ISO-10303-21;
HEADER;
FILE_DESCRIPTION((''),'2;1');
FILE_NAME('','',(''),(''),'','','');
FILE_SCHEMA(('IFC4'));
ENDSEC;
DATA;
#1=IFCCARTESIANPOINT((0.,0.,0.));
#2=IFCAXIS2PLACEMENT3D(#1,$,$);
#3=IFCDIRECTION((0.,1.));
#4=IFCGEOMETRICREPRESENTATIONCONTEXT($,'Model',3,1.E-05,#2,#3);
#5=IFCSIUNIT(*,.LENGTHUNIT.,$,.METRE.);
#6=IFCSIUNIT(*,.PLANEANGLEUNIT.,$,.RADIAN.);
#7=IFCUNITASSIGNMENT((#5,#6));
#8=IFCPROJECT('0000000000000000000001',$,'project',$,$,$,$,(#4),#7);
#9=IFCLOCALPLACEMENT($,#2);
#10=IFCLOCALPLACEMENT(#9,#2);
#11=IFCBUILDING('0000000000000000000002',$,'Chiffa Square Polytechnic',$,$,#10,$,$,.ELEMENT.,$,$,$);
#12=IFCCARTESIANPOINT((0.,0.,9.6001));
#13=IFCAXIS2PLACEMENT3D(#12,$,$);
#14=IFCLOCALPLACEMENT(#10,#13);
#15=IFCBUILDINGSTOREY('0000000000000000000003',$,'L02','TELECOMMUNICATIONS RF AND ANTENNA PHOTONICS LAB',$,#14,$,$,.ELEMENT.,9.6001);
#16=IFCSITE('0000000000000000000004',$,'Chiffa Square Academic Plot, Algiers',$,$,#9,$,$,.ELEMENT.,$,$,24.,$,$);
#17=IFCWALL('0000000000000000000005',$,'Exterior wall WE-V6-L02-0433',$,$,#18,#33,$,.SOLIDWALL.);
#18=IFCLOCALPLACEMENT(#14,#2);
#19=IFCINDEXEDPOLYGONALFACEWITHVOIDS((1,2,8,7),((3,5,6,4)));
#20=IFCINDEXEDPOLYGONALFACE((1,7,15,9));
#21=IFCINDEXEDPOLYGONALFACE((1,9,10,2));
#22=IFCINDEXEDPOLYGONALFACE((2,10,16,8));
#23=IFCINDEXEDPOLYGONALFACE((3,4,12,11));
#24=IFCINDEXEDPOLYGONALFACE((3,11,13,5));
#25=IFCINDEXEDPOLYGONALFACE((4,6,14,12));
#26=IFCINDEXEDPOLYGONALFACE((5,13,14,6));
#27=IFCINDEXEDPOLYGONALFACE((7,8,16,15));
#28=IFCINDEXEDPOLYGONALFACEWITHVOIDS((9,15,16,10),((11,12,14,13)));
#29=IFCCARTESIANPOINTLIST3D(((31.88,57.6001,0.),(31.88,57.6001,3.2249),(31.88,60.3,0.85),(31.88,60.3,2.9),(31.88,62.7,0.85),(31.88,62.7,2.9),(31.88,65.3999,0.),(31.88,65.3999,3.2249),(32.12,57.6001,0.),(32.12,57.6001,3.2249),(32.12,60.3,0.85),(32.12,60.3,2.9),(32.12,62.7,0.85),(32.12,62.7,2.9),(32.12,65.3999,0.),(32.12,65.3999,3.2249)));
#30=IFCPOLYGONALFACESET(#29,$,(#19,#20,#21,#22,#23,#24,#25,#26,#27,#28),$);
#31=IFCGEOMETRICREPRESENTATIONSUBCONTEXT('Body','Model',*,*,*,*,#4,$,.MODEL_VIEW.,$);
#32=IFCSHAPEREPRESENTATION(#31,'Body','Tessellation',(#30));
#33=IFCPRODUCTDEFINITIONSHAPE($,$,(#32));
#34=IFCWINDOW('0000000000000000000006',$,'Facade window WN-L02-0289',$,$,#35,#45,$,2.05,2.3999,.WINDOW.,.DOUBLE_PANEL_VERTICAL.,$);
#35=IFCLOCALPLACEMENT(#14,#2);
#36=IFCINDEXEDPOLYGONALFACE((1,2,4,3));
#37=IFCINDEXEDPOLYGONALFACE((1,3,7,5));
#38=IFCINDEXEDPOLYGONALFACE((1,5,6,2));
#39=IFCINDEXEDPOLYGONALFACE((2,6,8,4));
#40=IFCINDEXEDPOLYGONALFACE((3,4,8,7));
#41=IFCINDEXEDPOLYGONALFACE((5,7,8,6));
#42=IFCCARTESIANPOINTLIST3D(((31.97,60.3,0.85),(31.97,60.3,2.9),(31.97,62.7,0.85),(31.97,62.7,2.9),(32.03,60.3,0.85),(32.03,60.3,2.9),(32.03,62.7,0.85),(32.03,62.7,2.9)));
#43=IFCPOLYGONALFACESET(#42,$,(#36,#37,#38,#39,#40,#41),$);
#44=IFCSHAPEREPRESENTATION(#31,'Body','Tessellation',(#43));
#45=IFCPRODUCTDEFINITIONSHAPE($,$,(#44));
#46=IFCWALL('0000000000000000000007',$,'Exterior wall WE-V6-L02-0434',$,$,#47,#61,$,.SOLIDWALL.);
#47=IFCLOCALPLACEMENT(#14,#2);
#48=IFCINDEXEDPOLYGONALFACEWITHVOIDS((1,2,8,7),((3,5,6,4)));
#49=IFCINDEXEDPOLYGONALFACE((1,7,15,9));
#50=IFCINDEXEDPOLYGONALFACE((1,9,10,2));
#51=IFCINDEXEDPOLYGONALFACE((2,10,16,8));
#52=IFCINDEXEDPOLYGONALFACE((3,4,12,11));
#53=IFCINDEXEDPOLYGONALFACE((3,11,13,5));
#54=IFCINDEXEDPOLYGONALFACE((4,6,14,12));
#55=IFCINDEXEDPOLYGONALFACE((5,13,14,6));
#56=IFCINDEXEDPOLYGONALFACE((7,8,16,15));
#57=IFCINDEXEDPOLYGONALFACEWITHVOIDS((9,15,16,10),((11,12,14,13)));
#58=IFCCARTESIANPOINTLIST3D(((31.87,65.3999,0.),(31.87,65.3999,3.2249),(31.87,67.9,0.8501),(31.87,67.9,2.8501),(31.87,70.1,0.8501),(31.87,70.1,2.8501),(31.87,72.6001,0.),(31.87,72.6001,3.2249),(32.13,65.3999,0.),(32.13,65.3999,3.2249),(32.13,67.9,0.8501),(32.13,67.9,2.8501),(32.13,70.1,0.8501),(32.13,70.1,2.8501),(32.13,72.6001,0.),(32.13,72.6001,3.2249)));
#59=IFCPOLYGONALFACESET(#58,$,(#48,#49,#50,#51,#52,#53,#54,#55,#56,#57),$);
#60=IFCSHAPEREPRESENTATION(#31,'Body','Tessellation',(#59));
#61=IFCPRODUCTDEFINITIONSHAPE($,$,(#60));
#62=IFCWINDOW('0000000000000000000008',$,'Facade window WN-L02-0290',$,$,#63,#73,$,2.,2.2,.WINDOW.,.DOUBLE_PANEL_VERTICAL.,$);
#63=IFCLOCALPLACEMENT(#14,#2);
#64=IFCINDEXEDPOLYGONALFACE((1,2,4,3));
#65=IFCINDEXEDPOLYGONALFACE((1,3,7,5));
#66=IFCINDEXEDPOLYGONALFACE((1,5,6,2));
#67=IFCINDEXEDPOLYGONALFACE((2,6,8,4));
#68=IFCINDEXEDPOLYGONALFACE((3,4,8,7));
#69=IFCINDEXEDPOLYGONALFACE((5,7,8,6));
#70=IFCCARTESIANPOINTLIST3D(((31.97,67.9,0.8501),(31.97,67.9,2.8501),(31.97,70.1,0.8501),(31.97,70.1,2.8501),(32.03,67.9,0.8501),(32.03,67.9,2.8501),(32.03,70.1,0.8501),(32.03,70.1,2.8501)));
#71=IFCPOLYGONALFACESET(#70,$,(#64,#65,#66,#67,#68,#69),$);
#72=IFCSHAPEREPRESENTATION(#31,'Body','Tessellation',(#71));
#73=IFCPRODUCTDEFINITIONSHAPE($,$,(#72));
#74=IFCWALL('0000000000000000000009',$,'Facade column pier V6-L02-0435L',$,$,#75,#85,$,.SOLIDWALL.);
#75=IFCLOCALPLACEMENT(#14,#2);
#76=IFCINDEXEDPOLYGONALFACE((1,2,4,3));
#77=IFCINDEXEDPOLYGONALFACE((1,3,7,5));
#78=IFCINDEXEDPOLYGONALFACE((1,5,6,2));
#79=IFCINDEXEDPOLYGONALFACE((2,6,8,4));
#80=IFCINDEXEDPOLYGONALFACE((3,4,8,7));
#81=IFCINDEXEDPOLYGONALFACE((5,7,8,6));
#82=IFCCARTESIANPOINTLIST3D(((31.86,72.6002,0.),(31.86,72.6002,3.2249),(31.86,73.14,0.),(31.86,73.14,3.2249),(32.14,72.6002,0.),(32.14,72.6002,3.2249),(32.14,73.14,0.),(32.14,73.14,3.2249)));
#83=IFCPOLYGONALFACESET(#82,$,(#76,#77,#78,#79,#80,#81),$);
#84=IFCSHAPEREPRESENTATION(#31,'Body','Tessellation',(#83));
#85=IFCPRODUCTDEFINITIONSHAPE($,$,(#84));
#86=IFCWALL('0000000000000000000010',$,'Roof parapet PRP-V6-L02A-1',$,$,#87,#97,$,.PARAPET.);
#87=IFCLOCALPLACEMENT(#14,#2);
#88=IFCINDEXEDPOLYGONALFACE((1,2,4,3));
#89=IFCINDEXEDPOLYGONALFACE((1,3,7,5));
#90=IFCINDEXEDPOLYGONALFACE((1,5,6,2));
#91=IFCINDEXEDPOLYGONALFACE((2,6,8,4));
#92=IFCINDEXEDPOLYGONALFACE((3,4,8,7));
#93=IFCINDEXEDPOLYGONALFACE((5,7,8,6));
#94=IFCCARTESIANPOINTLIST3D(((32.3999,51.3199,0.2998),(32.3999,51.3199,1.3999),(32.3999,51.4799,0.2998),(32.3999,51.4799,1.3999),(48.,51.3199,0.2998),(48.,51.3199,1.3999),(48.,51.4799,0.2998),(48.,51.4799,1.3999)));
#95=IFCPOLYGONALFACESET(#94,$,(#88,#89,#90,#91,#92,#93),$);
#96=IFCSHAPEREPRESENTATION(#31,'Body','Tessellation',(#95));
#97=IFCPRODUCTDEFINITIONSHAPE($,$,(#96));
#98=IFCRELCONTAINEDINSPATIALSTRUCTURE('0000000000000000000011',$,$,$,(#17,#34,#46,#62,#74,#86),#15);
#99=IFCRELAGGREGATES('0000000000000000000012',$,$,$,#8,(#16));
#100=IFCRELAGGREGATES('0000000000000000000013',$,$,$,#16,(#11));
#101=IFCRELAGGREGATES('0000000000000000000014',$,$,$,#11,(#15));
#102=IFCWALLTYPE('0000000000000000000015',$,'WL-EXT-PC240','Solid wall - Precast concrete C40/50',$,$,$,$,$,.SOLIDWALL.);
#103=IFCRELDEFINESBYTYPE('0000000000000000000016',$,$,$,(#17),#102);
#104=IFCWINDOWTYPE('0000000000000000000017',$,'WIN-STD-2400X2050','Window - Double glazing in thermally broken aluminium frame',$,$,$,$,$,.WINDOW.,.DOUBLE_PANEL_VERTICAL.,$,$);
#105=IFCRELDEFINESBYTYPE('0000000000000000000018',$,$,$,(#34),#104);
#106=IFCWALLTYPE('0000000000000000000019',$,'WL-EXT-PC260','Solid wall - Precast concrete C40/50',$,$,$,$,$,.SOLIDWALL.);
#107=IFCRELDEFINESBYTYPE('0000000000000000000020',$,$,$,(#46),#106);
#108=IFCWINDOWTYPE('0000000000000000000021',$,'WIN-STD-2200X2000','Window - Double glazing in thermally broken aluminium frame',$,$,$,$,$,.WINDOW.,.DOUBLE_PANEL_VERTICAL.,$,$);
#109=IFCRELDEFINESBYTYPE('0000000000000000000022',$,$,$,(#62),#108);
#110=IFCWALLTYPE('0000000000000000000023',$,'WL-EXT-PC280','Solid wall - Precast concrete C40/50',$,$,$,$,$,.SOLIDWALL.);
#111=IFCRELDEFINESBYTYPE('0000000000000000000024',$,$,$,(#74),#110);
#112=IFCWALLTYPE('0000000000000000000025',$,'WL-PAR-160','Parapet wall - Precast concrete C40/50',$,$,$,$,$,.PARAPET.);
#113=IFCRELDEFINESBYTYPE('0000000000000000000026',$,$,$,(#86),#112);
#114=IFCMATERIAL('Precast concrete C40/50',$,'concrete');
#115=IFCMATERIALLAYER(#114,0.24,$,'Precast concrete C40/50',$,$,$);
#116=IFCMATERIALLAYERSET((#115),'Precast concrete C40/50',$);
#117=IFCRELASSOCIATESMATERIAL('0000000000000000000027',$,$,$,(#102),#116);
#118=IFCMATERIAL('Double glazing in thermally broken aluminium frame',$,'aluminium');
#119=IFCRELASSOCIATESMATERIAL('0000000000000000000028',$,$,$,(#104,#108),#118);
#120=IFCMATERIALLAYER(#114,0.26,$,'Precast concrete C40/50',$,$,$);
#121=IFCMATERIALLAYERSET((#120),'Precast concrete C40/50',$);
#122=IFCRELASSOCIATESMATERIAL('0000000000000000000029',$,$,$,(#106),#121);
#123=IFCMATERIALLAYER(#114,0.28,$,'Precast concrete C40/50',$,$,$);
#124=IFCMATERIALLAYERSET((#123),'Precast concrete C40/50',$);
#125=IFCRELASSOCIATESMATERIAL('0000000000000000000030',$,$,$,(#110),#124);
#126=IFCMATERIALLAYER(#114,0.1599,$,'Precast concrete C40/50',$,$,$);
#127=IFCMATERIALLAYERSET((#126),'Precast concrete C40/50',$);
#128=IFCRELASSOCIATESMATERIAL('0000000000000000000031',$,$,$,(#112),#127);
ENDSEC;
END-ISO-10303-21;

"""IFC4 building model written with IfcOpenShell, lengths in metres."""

from ifc_helpers import new_model, si_unit, direction, frame, frame_2d, origin, place, context, subcontext, project, spatial, rectangle, extrude, material, layer, layer_set, type_object, element, fill, save


model = new_model("IFC4")

# Units and contexts
model_context = context("Model", 3, precision=1e-05, world=origin(), true_north=direction((0.0, 1.0)))
body_context = subcontext(model_context, "Body", "Model", "MODEL_VIEW")
ifc_project = project(units=[si_unit("LENGTHUNIT", "METRE"), si_unit("PLANEANGLEUNIT", "RADIAN")], contexts=[model_context])

# Site, building, storey
site_placement = place(None, origin())
site = spatial("IfcSite", under=ifc_project, at=site_placement, Name="Chiffa Square Academic Plot, Algiers", CompositionType="ELEMENT", RefElevation=24.0)
building_placement = place(site_placement, origin())
building = spatial("IfcBuilding", under=site, at=building_placement, Name="Chiffa Square Polytechnic", CompositionType="ELEMENT")
storey_placement = place(building_placement, frame((0.0, 0.0, 9.6001)))
storey = spatial("IfcBuildingStorey", under=building, at=storey_placement, Name="L02", Description="TELECOMMUNICATIONS RF AND ANTENNA PHOTONICS LAB", CompositionType="ELEMENT", Elevation=9.6001)

# Walls, openings, windows
ifc_material_1 = material(Name="Precast concrete C40/50", Category="concrete")
ifc_layer_1 = layer(ifc_material_1, 0.24, Name="Precast concrete C40/50")
ifc_layer_set_1 = layer_set([ifc_layer_1], Name="Precast concrete C40/50")
wall_type_1 = type_object("IfcWallType", Name="WL-EXT-PC240", Description="Solid wall - Precast concrete C40/50", PredefinedType="SOLIDWALL", material=ifc_layer_set_1)
wall_1_placement = place(storey_placement, frame((32.0, 57.6001, 0.0), z_axis=(0.0, 0.0, 1.0), x_axis=(0.0, 1.0, 0.0)))
wall_1 = element("IfcWall", 1, at=wall_1_placement, inside=storey, type_object=wall_type_1, Name="Exterior wall WE-V6-L02-0433", PredefinedType="SOLIDWALL", context=body_context, shape_type="SweptSolid", body=[
    extrude(rectangle(XDim=7.7998, YDim=0.24, at=frame_2d((3.8999, 0.0))), origin(), (0.0, 0.0, 1.0), 3.2249),
])
opening_1_placement = place(wall_1_placement, frame((2.7, 0.0, 0.8501)))
opening_1 = element("IfcOpeningElement", 2, at=opening_1_placement, cuts=wall_1, PredefinedType="OPENING", context=body_context, shape_type="SweptSolid", body=[
    extrude(rectangle(XDim=2.3999, YDim=2.05, at=frame_2d((1.2, 1.0249))), frame((0.0, 0.1299, 0.0), z_axis=(0.0, -1.0, 0.0), x_axis=(1.0, 0.0, 0.0)), (0.0, 0.0, 1.0), 0.26),
])
ifc_material_2 = material(Name="Double glazing in thermally broken aluminium frame", Category="aluminium")
window_type_1 = type_object("IfcWindowType", Name="WIN-STD-2400X2050", Description="Window - Double glazing in thermally broken aluminium frame", PartitioningType="DOUBLE_PANEL_VERTICAL", PredefinedType="WINDOW", material=ifc_material_2)
window_1_placement = place(opening_1_placement, origin())
window_1 = element("IfcWindow", 3, at=window_1_placement, inside=storey, type_object=window_type_1, Name="Facade window WN-L02-0289", OverallHeight=2.05, OverallWidth=2.3999, PartitioningType="DOUBLE_PANEL_VERTICAL", PredefinedType="WINDOW", context=body_context, shape_type="SweptSolid", body=[
    extrude(rectangle(XDim=2.3999, YDim=2.05, at=frame_2d((1.2, 1.0249))), frame((0.0, 0.03, 0.0), z_axis=(0.0, -1.0, 0.0), x_axis=(1.0, 0.0, 0.0)), (0.0, 0.0, 1.0), 0.0601),
])
fill(opening_1, window_1)
ifc_layer_2 = layer(ifc_material_1, 0.26, Name="Precast concrete C40/50")
ifc_layer_set_2 = layer_set([ifc_layer_2], Name="Precast concrete C40/50")
wall_type_2 = type_object("IfcWallType", Name="WL-EXT-PC260", Description="Solid wall - Precast concrete C40/50", PredefinedType="SOLIDWALL", material=ifc_layer_set_2)
wall_2_placement = place(storey_placement, frame((32.0, 65.3999, 0.0), z_axis=(0.0, 0.0, 1.0), x_axis=(0.0, 1.0, 0.0)))
wall_2 = element("IfcWall", 4, at=wall_2_placement, inside=storey, type_object=wall_type_2, Name="Exterior wall WE-V6-L02-0434", PredefinedType="SOLIDWALL", context=body_context, shape_type="SweptSolid", body=[
    extrude(rectangle(XDim=7.2002, YDim=0.26, at=frame_2d((3.6001, 0.0))), origin(), (0.0, 0.0, 1.0), 3.2249),
])
opening_2_placement = place(wall_2_placement, frame((2.5, 0.0, 0.8501)))
opening_2 = element("IfcOpeningElement", 5, at=opening_2_placement, cuts=wall_2, PredefinedType="OPENING", context=body_context, shape_type="SweptSolid", body=[
    extrude(rectangle(XDim=2.2, YDim=2.0, at=frame_2d((1.1001, 1.0))), frame((0.0, 0.1401, 0.0), z_axis=(0.0, -1.0, 0.0), x_axis=(1.0, 0.0, 0.0)), (0.0, 0.0, 1.0), 0.28),
])
window_type_2 = type_object("IfcWindowType", Name="WIN-STD-2200X2000", Description="Window - Double glazing in thermally broken aluminium frame", PartitioningType="DOUBLE_PANEL_VERTICAL", PredefinedType="WINDOW", material=ifc_material_2)
window_2_placement = place(opening_2_placement, origin())
window_2 = element("IfcWindow", 6, at=window_2_placement, inside=storey, type_object=window_type_2, Name="Facade window WN-L02-0290", OverallHeight=2.0, OverallWidth=2.2, PartitioningType="DOUBLE_PANEL_VERTICAL", PredefinedType="WINDOW", context=body_context, shape_type="SweptSolid", body=[
    extrude(rectangle(XDim=2.2, YDim=2.0, at=frame_2d((1.1001, 1.0))), frame((0.0, 0.03, 0.0), z_axis=(0.0, -1.0, 0.0), x_axis=(1.0, 0.0, 0.0)), (0.0, 0.0, 1.0), 0.0601),
])
fill(opening_2, window_2)

# Walls
ifc_layer_3 = layer(ifc_material_1, 0.28, Name="Precast concrete C40/50")
ifc_layer_set_3 = layer_set([ifc_layer_3], Name="Precast concrete C40/50")
wall_type_3 = type_object("IfcWallType", Name="WL-EXT-PC280", Description="Solid wall - Precast concrete C40/50", PredefinedType="SOLIDWALL", material=ifc_layer_set_3)
wall_3_placement = place(storey_placement, frame((32.0, 72.6001, 0.0), z_axis=(0.0, 0.0, 1.0), x_axis=(0.0, 1.0, 0.0)))
element("IfcWall", 7, at=wall_3_placement, inside=storey, type_object=wall_type_3, Name="Facade column pier V6-L02-0435L", PredefinedType="SOLIDWALL", context=body_context, shape_type="SweptSolid", body=[
    extrude(rectangle(XDim=0.5398, YDim=0.28, at=frame_2d((0.27, 0.0))), origin(), (0.0, 0.0, 1.0), 3.2249),
])
ifc_layer_4 = layer(ifc_material_1, 0.1599, Name="Precast concrete C40/50")
ifc_layer_set_4 = layer_set([ifc_layer_4], Name="Precast concrete C40/50")
wall_type_4 = type_object("IfcWallType", Name="WL-PAR-160", Description="Parapet wall - Precast concrete C40/50", PredefinedType="PARAPET", material=ifc_layer_set_4)
wall_4_placement = place(storey_placement, frame((32.3999, 51.3999, 0.2998), z_axis=(0.0, 0.0, 1.0), x_axis=(1.0, 0.0, 0.0)))
element("IfcWall", 8, at=wall_4_placement, inside=storey, type_object=wall_type_4, Name="Roof parapet PRP-V6-L02A-1", PredefinedType="PARAPET", context=body_context, shape_type="SweptSolid", body=[
    extrude(rectangle(XDim=15.6001, YDim=0.1599, at=frame_2d((7.8, 0.0))), origin(), (0.0, 0.0, 1.0), 1.1001),
])

save(model, "model.ifc")
